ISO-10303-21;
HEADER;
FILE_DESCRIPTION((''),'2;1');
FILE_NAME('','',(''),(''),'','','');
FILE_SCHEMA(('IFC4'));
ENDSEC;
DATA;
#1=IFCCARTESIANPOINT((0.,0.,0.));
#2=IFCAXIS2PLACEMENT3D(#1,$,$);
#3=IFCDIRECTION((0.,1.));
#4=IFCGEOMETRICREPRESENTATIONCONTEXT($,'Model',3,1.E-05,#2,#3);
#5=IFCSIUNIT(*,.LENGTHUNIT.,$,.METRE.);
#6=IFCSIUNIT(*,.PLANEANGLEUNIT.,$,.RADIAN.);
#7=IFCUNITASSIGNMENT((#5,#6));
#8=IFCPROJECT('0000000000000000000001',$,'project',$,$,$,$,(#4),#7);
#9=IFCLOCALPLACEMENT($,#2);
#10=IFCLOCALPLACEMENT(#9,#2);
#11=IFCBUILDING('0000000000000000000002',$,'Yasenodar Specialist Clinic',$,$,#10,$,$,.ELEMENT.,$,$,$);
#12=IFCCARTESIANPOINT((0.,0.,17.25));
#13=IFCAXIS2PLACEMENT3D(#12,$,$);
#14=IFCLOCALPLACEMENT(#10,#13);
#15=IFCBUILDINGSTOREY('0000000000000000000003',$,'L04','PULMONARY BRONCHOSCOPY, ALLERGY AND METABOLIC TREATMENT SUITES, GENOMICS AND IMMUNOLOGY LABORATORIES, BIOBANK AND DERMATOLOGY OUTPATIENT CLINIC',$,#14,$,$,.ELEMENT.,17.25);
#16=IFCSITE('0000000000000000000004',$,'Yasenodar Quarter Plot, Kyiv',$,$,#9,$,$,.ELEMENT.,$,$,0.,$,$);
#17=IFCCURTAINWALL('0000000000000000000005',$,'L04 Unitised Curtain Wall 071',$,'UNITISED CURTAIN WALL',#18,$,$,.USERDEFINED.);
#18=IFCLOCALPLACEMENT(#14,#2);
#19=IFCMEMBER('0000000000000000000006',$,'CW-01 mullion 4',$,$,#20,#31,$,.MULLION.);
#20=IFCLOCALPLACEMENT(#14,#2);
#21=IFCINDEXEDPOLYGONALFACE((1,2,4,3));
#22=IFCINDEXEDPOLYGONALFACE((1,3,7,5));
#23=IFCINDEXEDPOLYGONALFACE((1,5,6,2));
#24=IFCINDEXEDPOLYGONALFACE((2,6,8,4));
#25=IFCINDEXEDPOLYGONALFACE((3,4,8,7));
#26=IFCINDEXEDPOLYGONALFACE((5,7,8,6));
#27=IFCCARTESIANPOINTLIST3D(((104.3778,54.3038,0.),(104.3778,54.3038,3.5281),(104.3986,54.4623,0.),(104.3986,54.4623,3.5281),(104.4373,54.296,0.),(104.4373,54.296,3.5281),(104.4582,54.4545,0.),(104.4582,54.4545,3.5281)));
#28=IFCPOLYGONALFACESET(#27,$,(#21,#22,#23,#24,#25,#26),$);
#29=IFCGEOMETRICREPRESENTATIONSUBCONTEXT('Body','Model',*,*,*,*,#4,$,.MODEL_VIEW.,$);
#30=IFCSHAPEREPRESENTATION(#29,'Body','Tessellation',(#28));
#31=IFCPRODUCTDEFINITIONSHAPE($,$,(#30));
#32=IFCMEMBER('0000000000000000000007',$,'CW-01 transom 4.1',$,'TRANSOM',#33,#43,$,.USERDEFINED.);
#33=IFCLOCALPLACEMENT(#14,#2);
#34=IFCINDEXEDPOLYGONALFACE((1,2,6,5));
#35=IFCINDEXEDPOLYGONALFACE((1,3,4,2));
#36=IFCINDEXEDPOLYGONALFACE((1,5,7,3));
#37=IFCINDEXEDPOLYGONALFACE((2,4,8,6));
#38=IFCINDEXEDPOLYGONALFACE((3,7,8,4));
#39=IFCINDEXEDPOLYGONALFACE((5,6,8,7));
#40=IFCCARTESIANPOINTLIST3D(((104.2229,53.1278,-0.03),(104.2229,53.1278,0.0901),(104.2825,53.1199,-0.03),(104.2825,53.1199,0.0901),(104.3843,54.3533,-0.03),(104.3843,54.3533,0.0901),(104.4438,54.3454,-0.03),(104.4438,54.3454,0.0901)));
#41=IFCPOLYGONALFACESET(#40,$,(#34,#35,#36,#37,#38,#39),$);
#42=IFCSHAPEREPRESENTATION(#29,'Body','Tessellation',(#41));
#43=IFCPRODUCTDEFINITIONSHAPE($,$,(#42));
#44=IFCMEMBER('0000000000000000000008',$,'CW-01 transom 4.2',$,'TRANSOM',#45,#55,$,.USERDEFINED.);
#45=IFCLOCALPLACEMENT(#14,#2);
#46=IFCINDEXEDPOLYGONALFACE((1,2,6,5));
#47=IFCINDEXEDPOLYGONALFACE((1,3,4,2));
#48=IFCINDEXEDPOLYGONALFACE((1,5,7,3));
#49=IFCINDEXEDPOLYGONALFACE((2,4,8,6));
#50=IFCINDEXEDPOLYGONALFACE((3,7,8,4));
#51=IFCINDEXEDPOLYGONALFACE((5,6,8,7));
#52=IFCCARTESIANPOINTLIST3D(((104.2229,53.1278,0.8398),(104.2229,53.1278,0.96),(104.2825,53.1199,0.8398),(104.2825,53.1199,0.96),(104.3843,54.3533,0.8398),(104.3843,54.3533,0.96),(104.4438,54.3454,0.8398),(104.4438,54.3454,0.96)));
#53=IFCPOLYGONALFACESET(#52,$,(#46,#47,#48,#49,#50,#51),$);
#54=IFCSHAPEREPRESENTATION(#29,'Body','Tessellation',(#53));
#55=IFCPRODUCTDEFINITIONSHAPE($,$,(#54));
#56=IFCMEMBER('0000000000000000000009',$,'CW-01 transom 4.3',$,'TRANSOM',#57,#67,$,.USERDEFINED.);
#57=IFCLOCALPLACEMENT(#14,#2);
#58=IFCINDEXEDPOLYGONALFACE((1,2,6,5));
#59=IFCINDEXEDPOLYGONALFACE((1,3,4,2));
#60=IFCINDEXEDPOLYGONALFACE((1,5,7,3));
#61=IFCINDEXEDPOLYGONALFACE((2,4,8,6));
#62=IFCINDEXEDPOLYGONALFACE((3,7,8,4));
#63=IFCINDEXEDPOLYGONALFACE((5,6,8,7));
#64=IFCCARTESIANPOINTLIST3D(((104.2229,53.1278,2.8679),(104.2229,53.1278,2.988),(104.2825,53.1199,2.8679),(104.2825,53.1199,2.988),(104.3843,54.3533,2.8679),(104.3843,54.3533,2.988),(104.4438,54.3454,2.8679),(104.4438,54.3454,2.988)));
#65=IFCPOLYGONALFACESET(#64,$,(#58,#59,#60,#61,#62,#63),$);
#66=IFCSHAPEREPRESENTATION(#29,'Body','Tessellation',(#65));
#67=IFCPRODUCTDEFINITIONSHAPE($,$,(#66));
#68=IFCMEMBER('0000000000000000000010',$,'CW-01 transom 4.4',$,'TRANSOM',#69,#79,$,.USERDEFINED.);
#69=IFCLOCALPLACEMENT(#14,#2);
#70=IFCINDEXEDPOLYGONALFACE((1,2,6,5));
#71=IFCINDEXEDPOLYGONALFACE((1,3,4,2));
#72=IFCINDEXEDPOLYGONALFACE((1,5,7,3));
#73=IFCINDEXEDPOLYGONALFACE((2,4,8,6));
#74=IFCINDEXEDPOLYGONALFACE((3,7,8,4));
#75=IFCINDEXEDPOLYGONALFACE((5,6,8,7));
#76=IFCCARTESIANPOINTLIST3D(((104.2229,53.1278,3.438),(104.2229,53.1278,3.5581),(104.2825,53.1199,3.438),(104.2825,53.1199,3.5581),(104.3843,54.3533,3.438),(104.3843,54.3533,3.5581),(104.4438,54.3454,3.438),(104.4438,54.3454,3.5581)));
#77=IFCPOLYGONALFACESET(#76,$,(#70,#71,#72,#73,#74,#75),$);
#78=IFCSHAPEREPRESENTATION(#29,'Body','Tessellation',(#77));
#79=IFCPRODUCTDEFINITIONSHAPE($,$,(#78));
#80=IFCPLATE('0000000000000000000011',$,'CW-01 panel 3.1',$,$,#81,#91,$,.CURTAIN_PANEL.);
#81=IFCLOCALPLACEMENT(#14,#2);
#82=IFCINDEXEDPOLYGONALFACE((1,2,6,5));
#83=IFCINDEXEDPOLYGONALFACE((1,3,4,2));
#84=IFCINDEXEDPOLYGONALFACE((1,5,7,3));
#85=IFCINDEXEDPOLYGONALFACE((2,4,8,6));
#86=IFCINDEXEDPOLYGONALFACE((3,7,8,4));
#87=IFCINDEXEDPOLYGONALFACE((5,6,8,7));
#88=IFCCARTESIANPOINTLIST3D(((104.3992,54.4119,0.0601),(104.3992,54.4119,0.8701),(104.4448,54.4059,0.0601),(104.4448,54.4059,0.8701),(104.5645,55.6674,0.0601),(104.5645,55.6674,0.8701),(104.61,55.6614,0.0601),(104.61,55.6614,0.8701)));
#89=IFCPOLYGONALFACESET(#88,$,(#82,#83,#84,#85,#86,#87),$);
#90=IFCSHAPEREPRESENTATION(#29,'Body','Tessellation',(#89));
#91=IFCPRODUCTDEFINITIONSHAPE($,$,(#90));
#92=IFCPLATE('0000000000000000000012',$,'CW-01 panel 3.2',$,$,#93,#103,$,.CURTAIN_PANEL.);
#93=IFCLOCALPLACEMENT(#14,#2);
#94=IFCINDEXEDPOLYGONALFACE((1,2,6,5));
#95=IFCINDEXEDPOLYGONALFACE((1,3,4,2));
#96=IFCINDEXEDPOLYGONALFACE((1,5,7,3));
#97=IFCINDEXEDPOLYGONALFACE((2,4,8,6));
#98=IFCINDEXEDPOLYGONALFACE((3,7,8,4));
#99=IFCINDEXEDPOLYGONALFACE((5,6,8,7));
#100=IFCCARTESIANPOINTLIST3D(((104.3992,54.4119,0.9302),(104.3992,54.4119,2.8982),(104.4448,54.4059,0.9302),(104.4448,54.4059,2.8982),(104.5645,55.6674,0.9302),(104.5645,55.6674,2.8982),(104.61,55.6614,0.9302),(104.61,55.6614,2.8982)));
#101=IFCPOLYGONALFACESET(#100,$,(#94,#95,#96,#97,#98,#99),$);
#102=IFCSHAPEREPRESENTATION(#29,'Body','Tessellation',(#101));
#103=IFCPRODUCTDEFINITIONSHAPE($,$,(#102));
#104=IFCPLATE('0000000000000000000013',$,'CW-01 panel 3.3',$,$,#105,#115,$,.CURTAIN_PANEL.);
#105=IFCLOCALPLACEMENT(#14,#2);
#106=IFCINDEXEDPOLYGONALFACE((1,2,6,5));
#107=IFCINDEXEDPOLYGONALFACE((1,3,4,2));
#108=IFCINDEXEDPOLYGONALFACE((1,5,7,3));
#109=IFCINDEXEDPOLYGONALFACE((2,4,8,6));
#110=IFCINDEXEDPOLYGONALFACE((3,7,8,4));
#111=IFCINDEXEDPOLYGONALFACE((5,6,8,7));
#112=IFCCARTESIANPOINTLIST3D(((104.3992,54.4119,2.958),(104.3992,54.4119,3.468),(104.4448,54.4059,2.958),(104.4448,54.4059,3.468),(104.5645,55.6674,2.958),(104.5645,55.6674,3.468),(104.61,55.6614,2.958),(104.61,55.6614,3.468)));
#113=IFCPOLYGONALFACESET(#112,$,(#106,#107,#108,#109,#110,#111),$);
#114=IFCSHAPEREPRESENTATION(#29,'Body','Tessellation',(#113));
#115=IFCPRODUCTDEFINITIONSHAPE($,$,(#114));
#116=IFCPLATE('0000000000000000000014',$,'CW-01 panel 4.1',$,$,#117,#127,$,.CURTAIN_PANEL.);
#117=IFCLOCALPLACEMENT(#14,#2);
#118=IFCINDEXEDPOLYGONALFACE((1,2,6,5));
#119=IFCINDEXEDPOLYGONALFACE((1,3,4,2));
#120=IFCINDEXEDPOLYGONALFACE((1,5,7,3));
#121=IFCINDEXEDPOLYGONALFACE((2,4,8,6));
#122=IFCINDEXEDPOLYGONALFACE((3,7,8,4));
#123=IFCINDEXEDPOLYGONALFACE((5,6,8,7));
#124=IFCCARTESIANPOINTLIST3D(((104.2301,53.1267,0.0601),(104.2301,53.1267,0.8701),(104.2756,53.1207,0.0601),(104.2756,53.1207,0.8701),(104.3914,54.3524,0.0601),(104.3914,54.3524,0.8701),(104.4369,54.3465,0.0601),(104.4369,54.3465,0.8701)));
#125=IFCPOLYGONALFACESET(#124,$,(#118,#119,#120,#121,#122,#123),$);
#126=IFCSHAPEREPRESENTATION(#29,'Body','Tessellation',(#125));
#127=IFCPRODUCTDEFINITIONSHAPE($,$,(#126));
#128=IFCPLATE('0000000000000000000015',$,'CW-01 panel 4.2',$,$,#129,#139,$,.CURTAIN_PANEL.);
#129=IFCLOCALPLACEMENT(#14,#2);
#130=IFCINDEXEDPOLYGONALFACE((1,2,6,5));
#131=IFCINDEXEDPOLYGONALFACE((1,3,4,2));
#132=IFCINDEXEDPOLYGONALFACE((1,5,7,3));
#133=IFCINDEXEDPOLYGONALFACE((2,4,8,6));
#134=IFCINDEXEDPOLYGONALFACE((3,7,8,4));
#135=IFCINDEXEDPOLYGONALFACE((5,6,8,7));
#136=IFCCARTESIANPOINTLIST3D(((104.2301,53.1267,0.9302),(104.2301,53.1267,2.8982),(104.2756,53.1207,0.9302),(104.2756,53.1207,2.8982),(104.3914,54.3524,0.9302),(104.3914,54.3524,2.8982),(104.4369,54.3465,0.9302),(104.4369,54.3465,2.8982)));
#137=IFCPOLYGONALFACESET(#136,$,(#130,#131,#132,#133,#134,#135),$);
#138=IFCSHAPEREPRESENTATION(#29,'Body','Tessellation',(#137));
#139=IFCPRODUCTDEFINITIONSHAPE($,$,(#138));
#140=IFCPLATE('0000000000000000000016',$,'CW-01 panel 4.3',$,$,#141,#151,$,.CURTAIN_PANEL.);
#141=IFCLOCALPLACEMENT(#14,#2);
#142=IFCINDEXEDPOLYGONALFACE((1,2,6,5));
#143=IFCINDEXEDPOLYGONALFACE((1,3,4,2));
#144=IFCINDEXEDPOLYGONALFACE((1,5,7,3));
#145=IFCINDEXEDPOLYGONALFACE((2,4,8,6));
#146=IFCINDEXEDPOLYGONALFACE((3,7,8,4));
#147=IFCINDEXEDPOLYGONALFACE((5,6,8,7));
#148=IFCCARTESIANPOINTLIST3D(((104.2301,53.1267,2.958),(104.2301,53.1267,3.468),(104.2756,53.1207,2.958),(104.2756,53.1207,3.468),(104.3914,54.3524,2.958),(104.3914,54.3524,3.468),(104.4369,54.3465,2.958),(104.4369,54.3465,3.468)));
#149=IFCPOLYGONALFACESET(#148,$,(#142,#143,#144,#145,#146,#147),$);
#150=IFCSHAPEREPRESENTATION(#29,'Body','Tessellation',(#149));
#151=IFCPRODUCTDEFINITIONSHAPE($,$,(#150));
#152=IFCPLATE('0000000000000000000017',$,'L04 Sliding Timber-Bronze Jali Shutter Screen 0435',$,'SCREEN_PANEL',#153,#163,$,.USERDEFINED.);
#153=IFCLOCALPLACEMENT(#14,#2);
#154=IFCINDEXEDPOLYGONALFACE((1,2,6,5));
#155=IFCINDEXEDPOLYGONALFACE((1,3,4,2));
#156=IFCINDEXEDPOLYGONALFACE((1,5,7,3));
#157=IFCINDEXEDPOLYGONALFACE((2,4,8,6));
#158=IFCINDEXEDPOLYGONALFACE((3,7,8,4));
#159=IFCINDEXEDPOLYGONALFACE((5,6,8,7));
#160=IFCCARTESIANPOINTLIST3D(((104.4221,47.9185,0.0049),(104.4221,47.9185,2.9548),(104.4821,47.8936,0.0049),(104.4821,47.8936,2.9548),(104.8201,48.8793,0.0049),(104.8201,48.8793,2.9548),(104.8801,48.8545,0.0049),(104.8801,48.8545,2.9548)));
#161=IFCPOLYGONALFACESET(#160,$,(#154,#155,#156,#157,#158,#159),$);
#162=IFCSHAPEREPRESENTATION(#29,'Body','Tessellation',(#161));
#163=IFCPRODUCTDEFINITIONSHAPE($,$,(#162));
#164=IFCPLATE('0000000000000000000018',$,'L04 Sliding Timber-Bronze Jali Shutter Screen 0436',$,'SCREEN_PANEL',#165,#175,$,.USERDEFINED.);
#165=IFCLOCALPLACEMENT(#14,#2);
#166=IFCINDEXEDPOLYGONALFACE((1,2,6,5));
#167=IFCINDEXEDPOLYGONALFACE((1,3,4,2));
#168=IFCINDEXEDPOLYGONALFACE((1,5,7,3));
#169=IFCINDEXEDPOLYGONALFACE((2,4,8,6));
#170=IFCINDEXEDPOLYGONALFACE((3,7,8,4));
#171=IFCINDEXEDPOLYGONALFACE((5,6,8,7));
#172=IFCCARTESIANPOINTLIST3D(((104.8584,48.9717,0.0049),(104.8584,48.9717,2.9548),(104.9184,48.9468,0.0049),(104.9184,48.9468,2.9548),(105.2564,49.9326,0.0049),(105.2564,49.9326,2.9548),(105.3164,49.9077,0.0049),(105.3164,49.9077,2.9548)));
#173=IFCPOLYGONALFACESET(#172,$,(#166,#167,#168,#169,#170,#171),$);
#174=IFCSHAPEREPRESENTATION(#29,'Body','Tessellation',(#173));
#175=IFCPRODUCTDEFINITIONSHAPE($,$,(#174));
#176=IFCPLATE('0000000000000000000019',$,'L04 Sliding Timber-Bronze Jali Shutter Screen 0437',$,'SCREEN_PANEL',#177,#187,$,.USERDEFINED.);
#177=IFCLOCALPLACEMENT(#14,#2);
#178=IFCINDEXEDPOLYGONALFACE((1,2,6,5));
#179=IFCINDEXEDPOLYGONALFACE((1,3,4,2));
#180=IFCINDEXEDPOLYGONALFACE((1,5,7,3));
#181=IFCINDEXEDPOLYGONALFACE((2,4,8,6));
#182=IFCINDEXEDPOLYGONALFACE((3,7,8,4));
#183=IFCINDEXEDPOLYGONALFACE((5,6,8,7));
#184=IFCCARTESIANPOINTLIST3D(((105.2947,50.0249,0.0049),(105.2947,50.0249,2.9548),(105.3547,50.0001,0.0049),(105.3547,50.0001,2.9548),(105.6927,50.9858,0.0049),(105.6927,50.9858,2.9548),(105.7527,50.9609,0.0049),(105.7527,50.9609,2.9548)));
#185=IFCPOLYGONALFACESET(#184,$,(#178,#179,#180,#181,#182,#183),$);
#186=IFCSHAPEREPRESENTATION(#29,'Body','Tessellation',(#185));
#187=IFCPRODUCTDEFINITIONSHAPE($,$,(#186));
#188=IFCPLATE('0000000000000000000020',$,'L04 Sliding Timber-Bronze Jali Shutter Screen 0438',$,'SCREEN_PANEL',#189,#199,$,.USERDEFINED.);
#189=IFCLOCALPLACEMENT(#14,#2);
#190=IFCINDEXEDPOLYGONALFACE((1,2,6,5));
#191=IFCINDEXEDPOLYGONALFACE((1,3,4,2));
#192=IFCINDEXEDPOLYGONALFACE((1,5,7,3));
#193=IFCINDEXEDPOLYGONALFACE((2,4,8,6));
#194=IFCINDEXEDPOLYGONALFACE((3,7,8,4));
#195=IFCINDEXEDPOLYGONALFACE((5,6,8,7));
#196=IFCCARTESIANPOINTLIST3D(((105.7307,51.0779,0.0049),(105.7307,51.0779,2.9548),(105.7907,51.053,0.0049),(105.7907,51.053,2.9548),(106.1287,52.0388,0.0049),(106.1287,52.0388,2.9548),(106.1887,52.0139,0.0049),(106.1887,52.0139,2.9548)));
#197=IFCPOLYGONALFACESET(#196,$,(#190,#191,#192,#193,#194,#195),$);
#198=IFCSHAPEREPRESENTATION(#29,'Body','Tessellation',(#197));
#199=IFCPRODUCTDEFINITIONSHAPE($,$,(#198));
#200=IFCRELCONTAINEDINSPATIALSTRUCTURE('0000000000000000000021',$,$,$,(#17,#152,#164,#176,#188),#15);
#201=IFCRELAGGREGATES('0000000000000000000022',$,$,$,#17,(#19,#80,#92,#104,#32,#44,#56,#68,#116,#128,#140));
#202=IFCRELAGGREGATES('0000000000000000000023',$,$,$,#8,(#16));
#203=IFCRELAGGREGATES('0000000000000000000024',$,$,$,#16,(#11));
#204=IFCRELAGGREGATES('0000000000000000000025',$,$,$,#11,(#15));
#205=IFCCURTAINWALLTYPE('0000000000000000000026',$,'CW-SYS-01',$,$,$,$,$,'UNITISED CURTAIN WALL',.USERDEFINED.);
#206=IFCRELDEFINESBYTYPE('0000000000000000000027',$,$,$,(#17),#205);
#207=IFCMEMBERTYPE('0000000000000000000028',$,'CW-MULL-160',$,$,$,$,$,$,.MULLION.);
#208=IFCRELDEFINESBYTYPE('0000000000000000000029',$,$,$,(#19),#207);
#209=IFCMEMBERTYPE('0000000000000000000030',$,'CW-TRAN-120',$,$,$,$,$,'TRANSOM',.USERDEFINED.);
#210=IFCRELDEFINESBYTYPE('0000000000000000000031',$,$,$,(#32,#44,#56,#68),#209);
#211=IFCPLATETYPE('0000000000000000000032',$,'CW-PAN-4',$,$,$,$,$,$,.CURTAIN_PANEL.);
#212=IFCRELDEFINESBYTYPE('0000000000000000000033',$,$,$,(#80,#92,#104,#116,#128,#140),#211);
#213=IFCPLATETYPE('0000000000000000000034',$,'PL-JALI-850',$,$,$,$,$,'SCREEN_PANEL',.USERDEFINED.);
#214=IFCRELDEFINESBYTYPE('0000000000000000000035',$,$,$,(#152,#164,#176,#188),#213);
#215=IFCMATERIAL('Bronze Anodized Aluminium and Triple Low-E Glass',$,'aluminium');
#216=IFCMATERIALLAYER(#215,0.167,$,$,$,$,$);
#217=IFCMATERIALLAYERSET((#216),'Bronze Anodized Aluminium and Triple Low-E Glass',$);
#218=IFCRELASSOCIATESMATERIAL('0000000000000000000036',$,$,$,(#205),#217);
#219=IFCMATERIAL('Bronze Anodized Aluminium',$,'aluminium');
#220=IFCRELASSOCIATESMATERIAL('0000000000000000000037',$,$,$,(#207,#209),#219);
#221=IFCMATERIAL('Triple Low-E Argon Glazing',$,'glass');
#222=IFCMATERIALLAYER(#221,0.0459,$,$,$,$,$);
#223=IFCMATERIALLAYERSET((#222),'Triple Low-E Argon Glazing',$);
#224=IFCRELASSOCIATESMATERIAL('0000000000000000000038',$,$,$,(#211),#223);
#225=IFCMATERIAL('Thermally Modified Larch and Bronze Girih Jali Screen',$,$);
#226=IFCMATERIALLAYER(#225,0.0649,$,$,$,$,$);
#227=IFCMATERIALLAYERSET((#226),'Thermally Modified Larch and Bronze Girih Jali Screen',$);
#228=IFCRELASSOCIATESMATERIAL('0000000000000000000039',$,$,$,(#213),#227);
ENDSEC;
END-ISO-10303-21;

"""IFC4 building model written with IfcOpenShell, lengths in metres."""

from ifc_helpers import new_model, si_unit, direction, frame, origin, origin_2d, place, context, subcontext, project, spatial, rectangle, extrude, material, layer, layer_set, material_profile, profile_set, type_object, element, aggregate, save


model = new_model("IFC4")

# Units and contexts
model_context = context("Model", 3, precision=1e-05, world=origin(), true_north=direction((0.0, 1.0)))
body_context = subcontext(model_context, "Body", "Model", "MODEL_VIEW")
ifc_project = project(units=[si_unit("LENGTHUNIT", "METRE"), si_unit("PLANEANGLEUNIT", "RADIAN")], contexts=[model_context])

# Site, building, storey
site_placement = place(None, origin())
site = spatial("IfcSite", under=ifc_project, at=site_placement, Name="Yasenodar Quarter Plot, Kyiv", CompositionType="ELEMENT", RefElevation=0.0)
building_placement = place(site_placement, origin())
building = spatial("IfcBuilding", under=site, at=building_placement, Name="Yasenodar Specialist Clinic", CompositionType="ELEMENT")
storey_placement = place(building_placement, frame((0.0, 0.0, 17.25)))
storey = spatial("IfcBuildingStorey", under=building, at=storey_placement, Name="L04", Description="PULMONARY BRONCHOSCOPY, ALLERGY AND METABOLIC TREATMENT SUITES, GENOMICS AND IMMUNOLOGY LABORATORIES, BIOBANK AND DERMATOLOGY OUTPATIENT CLINIC", CompositionType="ELEMENT", Elevation=17.25)

# Curtain wall, members, plates
ifc_material_1 = material(Name="Bronze Anodized Aluminium and Triple Low-E Glass", Category="aluminium")
ifc_layer_1 = layer(ifc_material_1, 0.167)
ifc_layer_set_1 = layer_set([ifc_layer_1], Name="Bronze Anodized Aluminium and Triple Low-E Glass")
curtain_wall_type = type_object("IfcCurtainWallType", Name="CW-SYS-01", ElementType="UNITISED CURTAIN WALL", PredefinedType="USERDEFINED", material=ifc_layer_set_1)
curtain_wall_placement = place(storey_placement, origin())
curtain_wall = element("IfcCurtainWall", 1, at=curtain_wall_placement, inside=storey, type_object=curtain_wall_type, Name="L04 Unitised Curtain Wall 071", ObjectType="UNITISED CURTAIN WALL", PredefinedType="USERDEFINED")
ifc_material_2 = material(Name="Bronze Anodized Aluminium", Category="aluminium")
ifc_material_profile_1 = material_profile(ifc_material_2, rectangle(XDim=0.0601, YDim=0.1599, at=origin_2d()), Name="CW-MULL 60x160")
ifc_profile_set_1 = profile_set([ifc_material_profile_1], Name="Bronze Anodized Aluminium")
member_type_1 = type_object("IfcMemberType", Name="CW-MULL-160", PredefinedType="MULLION", material=ifc_profile_set_1)
member_1_placement = place(storey_placement, frame((104.418, 54.3792, 0.0), z_axis=(0.0, 0.0, 1.0), x_axis=(0.991447, -0.130512, 0.0)))
member_1 = element("IfcMember", 2, at=member_1_placement, type_object=member_type_1, Name="CW-01 mullion 4", PredefinedType="MULLION", context=body_context, shape_type="SweptSolid", body=[
    extrude(rectangle(XDim=0.0601, YDim=0.1599, at=origin_2d()), origin(), (0.0, 0.0, 1.0), 3.5281),
])
ifc_material_profile_2 = material_profile(ifc_material_2, rectangle(XDim=0.0601, YDim=0.1201, at=origin_2d()), Name="CW-TRAN 60x120")
ifc_profile_set_2 = profile_set([ifc_material_profile_2], Name="Bronze Anodized Aluminium")
member_type_2 = type_object("IfcMemberType", Name="CW-TRAN-120", ElementType="TRANSOM", PredefinedType="USERDEFINED", material=ifc_profile_set_2)
member_2_placement = place(storey_placement, frame((104.4141, 54.3494, 0.03), z_axis=(-0.130546, -0.991442, 0.0), x_axis=(0.991442, -0.130546, 0.0)))
member_2 = element("IfcMember", 3, at=member_2_placement, type_object=member_type_2, Name="CW-01 transom 4.1", ObjectType="TRANSOM", PredefinedType="USERDEFINED", context=body_context, shape_type="SweptSolid", body=[
    extrude(rectangle(XDim=0.0601, YDim=0.1201, at=origin_2d()), origin(), (0.0, 0.0, 1.0), 1.2361),
])
member_3_placement = place(storey_placement, frame((104.4141, 54.3494, 0.8999), z_axis=(-0.130546, -0.991442, 0.0), x_axis=(0.991442, -0.130546, 0.0)))
member_3 = element("IfcMember", 4, at=member_3_placement, type_object=member_type_2, Name="CW-01 transom 4.2", ObjectType="TRANSOM", PredefinedType="USERDEFINED", context=body_context, shape_type="SweptSolid", body=[
    extrude(rectangle(XDim=0.0601, YDim=0.1201, at=origin_2d()), origin(), (0.0, 0.0, 1.0), 1.2361),
])
member_4_placement = place(storey_placement, frame((104.4141, 54.3494, 2.928), z_axis=(-0.130546, -0.991442, 0.0), x_axis=(0.991442, -0.130546, 0.0)))
member_4 = element("IfcMember", 5, at=member_4_placement, type_object=member_type_2, Name="CW-01 transom 4.3", ObjectType="TRANSOM", PredefinedType="USERDEFINED", context=body_context, shape_type="SweptSolid", body=[
    extrude(rectangle(XDim=0.0601, YDim=0.1201, at=origin_2d()), origin(), (0.0, 0.0, 1.0), 1.2361),
])
member_5_placement = place(storey_placement, frame((104.4141, 54.3494, 3.498), z_axis=(-0.130546, -0.991442, 0.0), x_axis=(0.991442, -0.130546, 0.0)))
member_5 = element("IfcMember", 6, at=member_5_placement, type_object=member_type_2, Name="CW-01 transom 4.4", ObjectType="TRANSOM", PredefinedType="USERDEFINED", context=body_context, shape_type="SweptSolid", body=[
    extrude(rectangle(XDim=0.0601, YDim=0.1201, at=origin_2d()), origin(), (0.0, 0.0, 1.0), 1.2361),
])
ifc_material_3 = material(Name="Triple Low-E Argon Glazing", Category="glass")
ifc_layer_2 = layer(ifc_material_3, 0.0459)
ifc_layer_set_2 = layer_set([ifc_layer_2], Name="Triple Low-E Argon Glazing")
plate_type_1 = type_object("IfcPlateType", Name="CW-PAN-4", PredefinedType="CURTAIN_PANEL", material=ifc_layer_set_2)
plate_1_placement = place(storey_placement, frame((104.5046, 55.0366, 0.0601), z_axis=(0.0, 0.0, 1.0), x_axis=(-0.130512, -0.991447, 0.0)))
plate_1 = element("IfcPlate", 7, at=plate_1_placement, type_object=plate_type_1, Name="CW-01 panel 3.1", PredefinedType="CURTAIN_PANEL", context=body_context, shape_type="SweptSolid", body=[
    extrude(rectangle(XDim=1.2664, YDim=0.0459, at=origin_2d()), origin(), (0.0, 0.0, 1.0), 0.8101),
])
plate_2_placement = place(storey_placement, frame((104.5046, 55.0366, 0.9302), z_axis=(0.0, 0.0, 1.0), x_axis=(-0.130512, -0.991447, 0.0)))
plate_2 = element("IfcPlate", 8, at=plate_2_placement, type_object=plate_type_1, Name="CW-01 panel 3.2", PredefinedType="CURTAIN_PANEL", context=body_context, shape_type="SweptSolid", body=[
    extrude(rectangle(XDim=1.2664, YDim=0.0459, at=origin_2d()), origin(), (0.0, 0.0, 1.0), 1.968),
])
plate_3_placement = place(storey_placement, frame((104.5046, 55.0366, 2.958), z_axis=(0.0, 0.0, 1.0), x_axis=(-0.130512, -0.991447, 0.0)))
plate_3 = element("IfcPlate", 9, at=plate_3_placement, type_object=plate_type_1, Name="CW-01 panel 3.3", PredefinedType="CURTAIN_PANEL", context=body_context, shape_type="SweptSolid", body=[
    extrude(rectangle(XDim=1.2664, YDim=0.0459, at=origin_2d()), origin(), (0.0, 0.0, 1.0), 0.51),
])
plate_4_placement = place(storey_placement, frame((104.3335, 53.7366, 0.0601), z_axis=(0.0, 0.0, 1.0), x_axis=(-0.130512, -0.991447, 0.0)))
plate_4 = element("IfcPlate", 10, at=plate_4_placement, type_object=plate_type_1, Name="CW-01 panel 4.1", PredefinedType="CURTAIN_PANEL", context=body_context, shape_type="SweptSolid", body=[
    extrude(rectangle(XDim=1.2363, YDim=0.0459, at=origin_2d()), origin(), (0.0, 0.0, 1.0), 0.8101),
])
plate_5_placement = place(storey_placement, frame((104.3335, 53.7366, 0.9302), z_axis=(0.0, 0.0, 1.0), x_axis=(-0.130512, -0.991447, 0.0)))
plate_5 = element("IfcPlate", 11, at=plate_5_placement, type_object=plate_type_1, Name="CW-01 panel 4.2", PredefinedType="CURTAIN_PANEL", context=body_context, shape_type="SweptSolid", body=[
    extrude(rectangle(XDim=1.2363, YDim=0.0459, at=origin_2d()), origin(), (0.0, 0.0, 1.0), 1.968),
])
plate_6_placement = place(storey_placement, frame((104.3335, 53.7366, 2.958), z_axis=(0.0, 0.0, 1.0), x_axis=(-0.130512, -0.991447, 0.0)))
plate_6 = element("IfcPlate", 12, at=plate_6_placement, type_object=plate_type_1, Name="CW-01 panel 4.3", PredefinedType="CURTAIN_PANEL", context=body_context, shape_type="SweptSolid", body=[
    extrude(rectangle(XDim=1.2363, YDim=0.0459, at=origin_2d()), origin(), (0.0, 0.0, 1.0), 0.51),
])
aggregate(curtain_wall, [member_1, plate_1, plate_2, plate_3, member_2, member_3, member_4, member_5, plate_4, plate_5, plate_6])

# Plates
ifc_material_4 = material(Name="Thermally Modified Larch and Bronze Girih Jali Screen")
ifc_layer_3 = layer(ifc_material_4, 0.0649)
ifc_layer_set_3 = layer_set([ifc_layer_3], Name="Thermally Modified Larch and Bronze Girih Jali Screen")
plate_type_2 = type_object("IfcPlateType", Name="PL-JALI-850", ElementType="SCREEN_PANEL", PredefinedType="USERDEFINED", material=ifc_layer_set_3)
for number, where, z_axis, x_axis, name in (
    (13, (104.6511, 48.3865, 0.0049), (0.0, 0.0, 1.0), (0.382687, 0.923878, 0.0), "L04 Sliding Timber-Bronze Jali Shutter Screen 0435"),
    (14, (105.0874, 49.4397, 0.0049), (0.0, 0.0, 1.0), (0.382687, 0.923878, 0.0), "L04 Sliding Timber-Bronze Jali Shutter Screen 0436"),
    (15, (105.5237, 50.4929, 0.0049), (0.0, 0.0, 1.0), (0.382687, 0.923878, 0.0), "L04 Sliding Timber-Bronze Jali Shutter Screen 0437"),
    (16, (105.9597, 51.5459, 0.0049), (0.0, 0.0, 1.0), (0.382687, 0.923878, 0.0), "L04 Sliding Timber-Bronze Jali Shutter Screen 0438"),
):
    element("IfcPlate", number, at=place(storey_placement, frame(where, z_axis=z_axis, x_axis=x_axis)), inside=storey, type_object=plate_type_2, Name=name, ObjectType="SCREEN_PANEL", PredefinedType="USERDEFINED", context=body_context, shape_type="SweptSolid", body=[
        extrude(rectangle(XDim=1.04, YDim=0.0649, at=origin_2d()), origin(), (0.0, 0.0, 1.0), 2.95),
    ])

save(model, "model.ifc")
